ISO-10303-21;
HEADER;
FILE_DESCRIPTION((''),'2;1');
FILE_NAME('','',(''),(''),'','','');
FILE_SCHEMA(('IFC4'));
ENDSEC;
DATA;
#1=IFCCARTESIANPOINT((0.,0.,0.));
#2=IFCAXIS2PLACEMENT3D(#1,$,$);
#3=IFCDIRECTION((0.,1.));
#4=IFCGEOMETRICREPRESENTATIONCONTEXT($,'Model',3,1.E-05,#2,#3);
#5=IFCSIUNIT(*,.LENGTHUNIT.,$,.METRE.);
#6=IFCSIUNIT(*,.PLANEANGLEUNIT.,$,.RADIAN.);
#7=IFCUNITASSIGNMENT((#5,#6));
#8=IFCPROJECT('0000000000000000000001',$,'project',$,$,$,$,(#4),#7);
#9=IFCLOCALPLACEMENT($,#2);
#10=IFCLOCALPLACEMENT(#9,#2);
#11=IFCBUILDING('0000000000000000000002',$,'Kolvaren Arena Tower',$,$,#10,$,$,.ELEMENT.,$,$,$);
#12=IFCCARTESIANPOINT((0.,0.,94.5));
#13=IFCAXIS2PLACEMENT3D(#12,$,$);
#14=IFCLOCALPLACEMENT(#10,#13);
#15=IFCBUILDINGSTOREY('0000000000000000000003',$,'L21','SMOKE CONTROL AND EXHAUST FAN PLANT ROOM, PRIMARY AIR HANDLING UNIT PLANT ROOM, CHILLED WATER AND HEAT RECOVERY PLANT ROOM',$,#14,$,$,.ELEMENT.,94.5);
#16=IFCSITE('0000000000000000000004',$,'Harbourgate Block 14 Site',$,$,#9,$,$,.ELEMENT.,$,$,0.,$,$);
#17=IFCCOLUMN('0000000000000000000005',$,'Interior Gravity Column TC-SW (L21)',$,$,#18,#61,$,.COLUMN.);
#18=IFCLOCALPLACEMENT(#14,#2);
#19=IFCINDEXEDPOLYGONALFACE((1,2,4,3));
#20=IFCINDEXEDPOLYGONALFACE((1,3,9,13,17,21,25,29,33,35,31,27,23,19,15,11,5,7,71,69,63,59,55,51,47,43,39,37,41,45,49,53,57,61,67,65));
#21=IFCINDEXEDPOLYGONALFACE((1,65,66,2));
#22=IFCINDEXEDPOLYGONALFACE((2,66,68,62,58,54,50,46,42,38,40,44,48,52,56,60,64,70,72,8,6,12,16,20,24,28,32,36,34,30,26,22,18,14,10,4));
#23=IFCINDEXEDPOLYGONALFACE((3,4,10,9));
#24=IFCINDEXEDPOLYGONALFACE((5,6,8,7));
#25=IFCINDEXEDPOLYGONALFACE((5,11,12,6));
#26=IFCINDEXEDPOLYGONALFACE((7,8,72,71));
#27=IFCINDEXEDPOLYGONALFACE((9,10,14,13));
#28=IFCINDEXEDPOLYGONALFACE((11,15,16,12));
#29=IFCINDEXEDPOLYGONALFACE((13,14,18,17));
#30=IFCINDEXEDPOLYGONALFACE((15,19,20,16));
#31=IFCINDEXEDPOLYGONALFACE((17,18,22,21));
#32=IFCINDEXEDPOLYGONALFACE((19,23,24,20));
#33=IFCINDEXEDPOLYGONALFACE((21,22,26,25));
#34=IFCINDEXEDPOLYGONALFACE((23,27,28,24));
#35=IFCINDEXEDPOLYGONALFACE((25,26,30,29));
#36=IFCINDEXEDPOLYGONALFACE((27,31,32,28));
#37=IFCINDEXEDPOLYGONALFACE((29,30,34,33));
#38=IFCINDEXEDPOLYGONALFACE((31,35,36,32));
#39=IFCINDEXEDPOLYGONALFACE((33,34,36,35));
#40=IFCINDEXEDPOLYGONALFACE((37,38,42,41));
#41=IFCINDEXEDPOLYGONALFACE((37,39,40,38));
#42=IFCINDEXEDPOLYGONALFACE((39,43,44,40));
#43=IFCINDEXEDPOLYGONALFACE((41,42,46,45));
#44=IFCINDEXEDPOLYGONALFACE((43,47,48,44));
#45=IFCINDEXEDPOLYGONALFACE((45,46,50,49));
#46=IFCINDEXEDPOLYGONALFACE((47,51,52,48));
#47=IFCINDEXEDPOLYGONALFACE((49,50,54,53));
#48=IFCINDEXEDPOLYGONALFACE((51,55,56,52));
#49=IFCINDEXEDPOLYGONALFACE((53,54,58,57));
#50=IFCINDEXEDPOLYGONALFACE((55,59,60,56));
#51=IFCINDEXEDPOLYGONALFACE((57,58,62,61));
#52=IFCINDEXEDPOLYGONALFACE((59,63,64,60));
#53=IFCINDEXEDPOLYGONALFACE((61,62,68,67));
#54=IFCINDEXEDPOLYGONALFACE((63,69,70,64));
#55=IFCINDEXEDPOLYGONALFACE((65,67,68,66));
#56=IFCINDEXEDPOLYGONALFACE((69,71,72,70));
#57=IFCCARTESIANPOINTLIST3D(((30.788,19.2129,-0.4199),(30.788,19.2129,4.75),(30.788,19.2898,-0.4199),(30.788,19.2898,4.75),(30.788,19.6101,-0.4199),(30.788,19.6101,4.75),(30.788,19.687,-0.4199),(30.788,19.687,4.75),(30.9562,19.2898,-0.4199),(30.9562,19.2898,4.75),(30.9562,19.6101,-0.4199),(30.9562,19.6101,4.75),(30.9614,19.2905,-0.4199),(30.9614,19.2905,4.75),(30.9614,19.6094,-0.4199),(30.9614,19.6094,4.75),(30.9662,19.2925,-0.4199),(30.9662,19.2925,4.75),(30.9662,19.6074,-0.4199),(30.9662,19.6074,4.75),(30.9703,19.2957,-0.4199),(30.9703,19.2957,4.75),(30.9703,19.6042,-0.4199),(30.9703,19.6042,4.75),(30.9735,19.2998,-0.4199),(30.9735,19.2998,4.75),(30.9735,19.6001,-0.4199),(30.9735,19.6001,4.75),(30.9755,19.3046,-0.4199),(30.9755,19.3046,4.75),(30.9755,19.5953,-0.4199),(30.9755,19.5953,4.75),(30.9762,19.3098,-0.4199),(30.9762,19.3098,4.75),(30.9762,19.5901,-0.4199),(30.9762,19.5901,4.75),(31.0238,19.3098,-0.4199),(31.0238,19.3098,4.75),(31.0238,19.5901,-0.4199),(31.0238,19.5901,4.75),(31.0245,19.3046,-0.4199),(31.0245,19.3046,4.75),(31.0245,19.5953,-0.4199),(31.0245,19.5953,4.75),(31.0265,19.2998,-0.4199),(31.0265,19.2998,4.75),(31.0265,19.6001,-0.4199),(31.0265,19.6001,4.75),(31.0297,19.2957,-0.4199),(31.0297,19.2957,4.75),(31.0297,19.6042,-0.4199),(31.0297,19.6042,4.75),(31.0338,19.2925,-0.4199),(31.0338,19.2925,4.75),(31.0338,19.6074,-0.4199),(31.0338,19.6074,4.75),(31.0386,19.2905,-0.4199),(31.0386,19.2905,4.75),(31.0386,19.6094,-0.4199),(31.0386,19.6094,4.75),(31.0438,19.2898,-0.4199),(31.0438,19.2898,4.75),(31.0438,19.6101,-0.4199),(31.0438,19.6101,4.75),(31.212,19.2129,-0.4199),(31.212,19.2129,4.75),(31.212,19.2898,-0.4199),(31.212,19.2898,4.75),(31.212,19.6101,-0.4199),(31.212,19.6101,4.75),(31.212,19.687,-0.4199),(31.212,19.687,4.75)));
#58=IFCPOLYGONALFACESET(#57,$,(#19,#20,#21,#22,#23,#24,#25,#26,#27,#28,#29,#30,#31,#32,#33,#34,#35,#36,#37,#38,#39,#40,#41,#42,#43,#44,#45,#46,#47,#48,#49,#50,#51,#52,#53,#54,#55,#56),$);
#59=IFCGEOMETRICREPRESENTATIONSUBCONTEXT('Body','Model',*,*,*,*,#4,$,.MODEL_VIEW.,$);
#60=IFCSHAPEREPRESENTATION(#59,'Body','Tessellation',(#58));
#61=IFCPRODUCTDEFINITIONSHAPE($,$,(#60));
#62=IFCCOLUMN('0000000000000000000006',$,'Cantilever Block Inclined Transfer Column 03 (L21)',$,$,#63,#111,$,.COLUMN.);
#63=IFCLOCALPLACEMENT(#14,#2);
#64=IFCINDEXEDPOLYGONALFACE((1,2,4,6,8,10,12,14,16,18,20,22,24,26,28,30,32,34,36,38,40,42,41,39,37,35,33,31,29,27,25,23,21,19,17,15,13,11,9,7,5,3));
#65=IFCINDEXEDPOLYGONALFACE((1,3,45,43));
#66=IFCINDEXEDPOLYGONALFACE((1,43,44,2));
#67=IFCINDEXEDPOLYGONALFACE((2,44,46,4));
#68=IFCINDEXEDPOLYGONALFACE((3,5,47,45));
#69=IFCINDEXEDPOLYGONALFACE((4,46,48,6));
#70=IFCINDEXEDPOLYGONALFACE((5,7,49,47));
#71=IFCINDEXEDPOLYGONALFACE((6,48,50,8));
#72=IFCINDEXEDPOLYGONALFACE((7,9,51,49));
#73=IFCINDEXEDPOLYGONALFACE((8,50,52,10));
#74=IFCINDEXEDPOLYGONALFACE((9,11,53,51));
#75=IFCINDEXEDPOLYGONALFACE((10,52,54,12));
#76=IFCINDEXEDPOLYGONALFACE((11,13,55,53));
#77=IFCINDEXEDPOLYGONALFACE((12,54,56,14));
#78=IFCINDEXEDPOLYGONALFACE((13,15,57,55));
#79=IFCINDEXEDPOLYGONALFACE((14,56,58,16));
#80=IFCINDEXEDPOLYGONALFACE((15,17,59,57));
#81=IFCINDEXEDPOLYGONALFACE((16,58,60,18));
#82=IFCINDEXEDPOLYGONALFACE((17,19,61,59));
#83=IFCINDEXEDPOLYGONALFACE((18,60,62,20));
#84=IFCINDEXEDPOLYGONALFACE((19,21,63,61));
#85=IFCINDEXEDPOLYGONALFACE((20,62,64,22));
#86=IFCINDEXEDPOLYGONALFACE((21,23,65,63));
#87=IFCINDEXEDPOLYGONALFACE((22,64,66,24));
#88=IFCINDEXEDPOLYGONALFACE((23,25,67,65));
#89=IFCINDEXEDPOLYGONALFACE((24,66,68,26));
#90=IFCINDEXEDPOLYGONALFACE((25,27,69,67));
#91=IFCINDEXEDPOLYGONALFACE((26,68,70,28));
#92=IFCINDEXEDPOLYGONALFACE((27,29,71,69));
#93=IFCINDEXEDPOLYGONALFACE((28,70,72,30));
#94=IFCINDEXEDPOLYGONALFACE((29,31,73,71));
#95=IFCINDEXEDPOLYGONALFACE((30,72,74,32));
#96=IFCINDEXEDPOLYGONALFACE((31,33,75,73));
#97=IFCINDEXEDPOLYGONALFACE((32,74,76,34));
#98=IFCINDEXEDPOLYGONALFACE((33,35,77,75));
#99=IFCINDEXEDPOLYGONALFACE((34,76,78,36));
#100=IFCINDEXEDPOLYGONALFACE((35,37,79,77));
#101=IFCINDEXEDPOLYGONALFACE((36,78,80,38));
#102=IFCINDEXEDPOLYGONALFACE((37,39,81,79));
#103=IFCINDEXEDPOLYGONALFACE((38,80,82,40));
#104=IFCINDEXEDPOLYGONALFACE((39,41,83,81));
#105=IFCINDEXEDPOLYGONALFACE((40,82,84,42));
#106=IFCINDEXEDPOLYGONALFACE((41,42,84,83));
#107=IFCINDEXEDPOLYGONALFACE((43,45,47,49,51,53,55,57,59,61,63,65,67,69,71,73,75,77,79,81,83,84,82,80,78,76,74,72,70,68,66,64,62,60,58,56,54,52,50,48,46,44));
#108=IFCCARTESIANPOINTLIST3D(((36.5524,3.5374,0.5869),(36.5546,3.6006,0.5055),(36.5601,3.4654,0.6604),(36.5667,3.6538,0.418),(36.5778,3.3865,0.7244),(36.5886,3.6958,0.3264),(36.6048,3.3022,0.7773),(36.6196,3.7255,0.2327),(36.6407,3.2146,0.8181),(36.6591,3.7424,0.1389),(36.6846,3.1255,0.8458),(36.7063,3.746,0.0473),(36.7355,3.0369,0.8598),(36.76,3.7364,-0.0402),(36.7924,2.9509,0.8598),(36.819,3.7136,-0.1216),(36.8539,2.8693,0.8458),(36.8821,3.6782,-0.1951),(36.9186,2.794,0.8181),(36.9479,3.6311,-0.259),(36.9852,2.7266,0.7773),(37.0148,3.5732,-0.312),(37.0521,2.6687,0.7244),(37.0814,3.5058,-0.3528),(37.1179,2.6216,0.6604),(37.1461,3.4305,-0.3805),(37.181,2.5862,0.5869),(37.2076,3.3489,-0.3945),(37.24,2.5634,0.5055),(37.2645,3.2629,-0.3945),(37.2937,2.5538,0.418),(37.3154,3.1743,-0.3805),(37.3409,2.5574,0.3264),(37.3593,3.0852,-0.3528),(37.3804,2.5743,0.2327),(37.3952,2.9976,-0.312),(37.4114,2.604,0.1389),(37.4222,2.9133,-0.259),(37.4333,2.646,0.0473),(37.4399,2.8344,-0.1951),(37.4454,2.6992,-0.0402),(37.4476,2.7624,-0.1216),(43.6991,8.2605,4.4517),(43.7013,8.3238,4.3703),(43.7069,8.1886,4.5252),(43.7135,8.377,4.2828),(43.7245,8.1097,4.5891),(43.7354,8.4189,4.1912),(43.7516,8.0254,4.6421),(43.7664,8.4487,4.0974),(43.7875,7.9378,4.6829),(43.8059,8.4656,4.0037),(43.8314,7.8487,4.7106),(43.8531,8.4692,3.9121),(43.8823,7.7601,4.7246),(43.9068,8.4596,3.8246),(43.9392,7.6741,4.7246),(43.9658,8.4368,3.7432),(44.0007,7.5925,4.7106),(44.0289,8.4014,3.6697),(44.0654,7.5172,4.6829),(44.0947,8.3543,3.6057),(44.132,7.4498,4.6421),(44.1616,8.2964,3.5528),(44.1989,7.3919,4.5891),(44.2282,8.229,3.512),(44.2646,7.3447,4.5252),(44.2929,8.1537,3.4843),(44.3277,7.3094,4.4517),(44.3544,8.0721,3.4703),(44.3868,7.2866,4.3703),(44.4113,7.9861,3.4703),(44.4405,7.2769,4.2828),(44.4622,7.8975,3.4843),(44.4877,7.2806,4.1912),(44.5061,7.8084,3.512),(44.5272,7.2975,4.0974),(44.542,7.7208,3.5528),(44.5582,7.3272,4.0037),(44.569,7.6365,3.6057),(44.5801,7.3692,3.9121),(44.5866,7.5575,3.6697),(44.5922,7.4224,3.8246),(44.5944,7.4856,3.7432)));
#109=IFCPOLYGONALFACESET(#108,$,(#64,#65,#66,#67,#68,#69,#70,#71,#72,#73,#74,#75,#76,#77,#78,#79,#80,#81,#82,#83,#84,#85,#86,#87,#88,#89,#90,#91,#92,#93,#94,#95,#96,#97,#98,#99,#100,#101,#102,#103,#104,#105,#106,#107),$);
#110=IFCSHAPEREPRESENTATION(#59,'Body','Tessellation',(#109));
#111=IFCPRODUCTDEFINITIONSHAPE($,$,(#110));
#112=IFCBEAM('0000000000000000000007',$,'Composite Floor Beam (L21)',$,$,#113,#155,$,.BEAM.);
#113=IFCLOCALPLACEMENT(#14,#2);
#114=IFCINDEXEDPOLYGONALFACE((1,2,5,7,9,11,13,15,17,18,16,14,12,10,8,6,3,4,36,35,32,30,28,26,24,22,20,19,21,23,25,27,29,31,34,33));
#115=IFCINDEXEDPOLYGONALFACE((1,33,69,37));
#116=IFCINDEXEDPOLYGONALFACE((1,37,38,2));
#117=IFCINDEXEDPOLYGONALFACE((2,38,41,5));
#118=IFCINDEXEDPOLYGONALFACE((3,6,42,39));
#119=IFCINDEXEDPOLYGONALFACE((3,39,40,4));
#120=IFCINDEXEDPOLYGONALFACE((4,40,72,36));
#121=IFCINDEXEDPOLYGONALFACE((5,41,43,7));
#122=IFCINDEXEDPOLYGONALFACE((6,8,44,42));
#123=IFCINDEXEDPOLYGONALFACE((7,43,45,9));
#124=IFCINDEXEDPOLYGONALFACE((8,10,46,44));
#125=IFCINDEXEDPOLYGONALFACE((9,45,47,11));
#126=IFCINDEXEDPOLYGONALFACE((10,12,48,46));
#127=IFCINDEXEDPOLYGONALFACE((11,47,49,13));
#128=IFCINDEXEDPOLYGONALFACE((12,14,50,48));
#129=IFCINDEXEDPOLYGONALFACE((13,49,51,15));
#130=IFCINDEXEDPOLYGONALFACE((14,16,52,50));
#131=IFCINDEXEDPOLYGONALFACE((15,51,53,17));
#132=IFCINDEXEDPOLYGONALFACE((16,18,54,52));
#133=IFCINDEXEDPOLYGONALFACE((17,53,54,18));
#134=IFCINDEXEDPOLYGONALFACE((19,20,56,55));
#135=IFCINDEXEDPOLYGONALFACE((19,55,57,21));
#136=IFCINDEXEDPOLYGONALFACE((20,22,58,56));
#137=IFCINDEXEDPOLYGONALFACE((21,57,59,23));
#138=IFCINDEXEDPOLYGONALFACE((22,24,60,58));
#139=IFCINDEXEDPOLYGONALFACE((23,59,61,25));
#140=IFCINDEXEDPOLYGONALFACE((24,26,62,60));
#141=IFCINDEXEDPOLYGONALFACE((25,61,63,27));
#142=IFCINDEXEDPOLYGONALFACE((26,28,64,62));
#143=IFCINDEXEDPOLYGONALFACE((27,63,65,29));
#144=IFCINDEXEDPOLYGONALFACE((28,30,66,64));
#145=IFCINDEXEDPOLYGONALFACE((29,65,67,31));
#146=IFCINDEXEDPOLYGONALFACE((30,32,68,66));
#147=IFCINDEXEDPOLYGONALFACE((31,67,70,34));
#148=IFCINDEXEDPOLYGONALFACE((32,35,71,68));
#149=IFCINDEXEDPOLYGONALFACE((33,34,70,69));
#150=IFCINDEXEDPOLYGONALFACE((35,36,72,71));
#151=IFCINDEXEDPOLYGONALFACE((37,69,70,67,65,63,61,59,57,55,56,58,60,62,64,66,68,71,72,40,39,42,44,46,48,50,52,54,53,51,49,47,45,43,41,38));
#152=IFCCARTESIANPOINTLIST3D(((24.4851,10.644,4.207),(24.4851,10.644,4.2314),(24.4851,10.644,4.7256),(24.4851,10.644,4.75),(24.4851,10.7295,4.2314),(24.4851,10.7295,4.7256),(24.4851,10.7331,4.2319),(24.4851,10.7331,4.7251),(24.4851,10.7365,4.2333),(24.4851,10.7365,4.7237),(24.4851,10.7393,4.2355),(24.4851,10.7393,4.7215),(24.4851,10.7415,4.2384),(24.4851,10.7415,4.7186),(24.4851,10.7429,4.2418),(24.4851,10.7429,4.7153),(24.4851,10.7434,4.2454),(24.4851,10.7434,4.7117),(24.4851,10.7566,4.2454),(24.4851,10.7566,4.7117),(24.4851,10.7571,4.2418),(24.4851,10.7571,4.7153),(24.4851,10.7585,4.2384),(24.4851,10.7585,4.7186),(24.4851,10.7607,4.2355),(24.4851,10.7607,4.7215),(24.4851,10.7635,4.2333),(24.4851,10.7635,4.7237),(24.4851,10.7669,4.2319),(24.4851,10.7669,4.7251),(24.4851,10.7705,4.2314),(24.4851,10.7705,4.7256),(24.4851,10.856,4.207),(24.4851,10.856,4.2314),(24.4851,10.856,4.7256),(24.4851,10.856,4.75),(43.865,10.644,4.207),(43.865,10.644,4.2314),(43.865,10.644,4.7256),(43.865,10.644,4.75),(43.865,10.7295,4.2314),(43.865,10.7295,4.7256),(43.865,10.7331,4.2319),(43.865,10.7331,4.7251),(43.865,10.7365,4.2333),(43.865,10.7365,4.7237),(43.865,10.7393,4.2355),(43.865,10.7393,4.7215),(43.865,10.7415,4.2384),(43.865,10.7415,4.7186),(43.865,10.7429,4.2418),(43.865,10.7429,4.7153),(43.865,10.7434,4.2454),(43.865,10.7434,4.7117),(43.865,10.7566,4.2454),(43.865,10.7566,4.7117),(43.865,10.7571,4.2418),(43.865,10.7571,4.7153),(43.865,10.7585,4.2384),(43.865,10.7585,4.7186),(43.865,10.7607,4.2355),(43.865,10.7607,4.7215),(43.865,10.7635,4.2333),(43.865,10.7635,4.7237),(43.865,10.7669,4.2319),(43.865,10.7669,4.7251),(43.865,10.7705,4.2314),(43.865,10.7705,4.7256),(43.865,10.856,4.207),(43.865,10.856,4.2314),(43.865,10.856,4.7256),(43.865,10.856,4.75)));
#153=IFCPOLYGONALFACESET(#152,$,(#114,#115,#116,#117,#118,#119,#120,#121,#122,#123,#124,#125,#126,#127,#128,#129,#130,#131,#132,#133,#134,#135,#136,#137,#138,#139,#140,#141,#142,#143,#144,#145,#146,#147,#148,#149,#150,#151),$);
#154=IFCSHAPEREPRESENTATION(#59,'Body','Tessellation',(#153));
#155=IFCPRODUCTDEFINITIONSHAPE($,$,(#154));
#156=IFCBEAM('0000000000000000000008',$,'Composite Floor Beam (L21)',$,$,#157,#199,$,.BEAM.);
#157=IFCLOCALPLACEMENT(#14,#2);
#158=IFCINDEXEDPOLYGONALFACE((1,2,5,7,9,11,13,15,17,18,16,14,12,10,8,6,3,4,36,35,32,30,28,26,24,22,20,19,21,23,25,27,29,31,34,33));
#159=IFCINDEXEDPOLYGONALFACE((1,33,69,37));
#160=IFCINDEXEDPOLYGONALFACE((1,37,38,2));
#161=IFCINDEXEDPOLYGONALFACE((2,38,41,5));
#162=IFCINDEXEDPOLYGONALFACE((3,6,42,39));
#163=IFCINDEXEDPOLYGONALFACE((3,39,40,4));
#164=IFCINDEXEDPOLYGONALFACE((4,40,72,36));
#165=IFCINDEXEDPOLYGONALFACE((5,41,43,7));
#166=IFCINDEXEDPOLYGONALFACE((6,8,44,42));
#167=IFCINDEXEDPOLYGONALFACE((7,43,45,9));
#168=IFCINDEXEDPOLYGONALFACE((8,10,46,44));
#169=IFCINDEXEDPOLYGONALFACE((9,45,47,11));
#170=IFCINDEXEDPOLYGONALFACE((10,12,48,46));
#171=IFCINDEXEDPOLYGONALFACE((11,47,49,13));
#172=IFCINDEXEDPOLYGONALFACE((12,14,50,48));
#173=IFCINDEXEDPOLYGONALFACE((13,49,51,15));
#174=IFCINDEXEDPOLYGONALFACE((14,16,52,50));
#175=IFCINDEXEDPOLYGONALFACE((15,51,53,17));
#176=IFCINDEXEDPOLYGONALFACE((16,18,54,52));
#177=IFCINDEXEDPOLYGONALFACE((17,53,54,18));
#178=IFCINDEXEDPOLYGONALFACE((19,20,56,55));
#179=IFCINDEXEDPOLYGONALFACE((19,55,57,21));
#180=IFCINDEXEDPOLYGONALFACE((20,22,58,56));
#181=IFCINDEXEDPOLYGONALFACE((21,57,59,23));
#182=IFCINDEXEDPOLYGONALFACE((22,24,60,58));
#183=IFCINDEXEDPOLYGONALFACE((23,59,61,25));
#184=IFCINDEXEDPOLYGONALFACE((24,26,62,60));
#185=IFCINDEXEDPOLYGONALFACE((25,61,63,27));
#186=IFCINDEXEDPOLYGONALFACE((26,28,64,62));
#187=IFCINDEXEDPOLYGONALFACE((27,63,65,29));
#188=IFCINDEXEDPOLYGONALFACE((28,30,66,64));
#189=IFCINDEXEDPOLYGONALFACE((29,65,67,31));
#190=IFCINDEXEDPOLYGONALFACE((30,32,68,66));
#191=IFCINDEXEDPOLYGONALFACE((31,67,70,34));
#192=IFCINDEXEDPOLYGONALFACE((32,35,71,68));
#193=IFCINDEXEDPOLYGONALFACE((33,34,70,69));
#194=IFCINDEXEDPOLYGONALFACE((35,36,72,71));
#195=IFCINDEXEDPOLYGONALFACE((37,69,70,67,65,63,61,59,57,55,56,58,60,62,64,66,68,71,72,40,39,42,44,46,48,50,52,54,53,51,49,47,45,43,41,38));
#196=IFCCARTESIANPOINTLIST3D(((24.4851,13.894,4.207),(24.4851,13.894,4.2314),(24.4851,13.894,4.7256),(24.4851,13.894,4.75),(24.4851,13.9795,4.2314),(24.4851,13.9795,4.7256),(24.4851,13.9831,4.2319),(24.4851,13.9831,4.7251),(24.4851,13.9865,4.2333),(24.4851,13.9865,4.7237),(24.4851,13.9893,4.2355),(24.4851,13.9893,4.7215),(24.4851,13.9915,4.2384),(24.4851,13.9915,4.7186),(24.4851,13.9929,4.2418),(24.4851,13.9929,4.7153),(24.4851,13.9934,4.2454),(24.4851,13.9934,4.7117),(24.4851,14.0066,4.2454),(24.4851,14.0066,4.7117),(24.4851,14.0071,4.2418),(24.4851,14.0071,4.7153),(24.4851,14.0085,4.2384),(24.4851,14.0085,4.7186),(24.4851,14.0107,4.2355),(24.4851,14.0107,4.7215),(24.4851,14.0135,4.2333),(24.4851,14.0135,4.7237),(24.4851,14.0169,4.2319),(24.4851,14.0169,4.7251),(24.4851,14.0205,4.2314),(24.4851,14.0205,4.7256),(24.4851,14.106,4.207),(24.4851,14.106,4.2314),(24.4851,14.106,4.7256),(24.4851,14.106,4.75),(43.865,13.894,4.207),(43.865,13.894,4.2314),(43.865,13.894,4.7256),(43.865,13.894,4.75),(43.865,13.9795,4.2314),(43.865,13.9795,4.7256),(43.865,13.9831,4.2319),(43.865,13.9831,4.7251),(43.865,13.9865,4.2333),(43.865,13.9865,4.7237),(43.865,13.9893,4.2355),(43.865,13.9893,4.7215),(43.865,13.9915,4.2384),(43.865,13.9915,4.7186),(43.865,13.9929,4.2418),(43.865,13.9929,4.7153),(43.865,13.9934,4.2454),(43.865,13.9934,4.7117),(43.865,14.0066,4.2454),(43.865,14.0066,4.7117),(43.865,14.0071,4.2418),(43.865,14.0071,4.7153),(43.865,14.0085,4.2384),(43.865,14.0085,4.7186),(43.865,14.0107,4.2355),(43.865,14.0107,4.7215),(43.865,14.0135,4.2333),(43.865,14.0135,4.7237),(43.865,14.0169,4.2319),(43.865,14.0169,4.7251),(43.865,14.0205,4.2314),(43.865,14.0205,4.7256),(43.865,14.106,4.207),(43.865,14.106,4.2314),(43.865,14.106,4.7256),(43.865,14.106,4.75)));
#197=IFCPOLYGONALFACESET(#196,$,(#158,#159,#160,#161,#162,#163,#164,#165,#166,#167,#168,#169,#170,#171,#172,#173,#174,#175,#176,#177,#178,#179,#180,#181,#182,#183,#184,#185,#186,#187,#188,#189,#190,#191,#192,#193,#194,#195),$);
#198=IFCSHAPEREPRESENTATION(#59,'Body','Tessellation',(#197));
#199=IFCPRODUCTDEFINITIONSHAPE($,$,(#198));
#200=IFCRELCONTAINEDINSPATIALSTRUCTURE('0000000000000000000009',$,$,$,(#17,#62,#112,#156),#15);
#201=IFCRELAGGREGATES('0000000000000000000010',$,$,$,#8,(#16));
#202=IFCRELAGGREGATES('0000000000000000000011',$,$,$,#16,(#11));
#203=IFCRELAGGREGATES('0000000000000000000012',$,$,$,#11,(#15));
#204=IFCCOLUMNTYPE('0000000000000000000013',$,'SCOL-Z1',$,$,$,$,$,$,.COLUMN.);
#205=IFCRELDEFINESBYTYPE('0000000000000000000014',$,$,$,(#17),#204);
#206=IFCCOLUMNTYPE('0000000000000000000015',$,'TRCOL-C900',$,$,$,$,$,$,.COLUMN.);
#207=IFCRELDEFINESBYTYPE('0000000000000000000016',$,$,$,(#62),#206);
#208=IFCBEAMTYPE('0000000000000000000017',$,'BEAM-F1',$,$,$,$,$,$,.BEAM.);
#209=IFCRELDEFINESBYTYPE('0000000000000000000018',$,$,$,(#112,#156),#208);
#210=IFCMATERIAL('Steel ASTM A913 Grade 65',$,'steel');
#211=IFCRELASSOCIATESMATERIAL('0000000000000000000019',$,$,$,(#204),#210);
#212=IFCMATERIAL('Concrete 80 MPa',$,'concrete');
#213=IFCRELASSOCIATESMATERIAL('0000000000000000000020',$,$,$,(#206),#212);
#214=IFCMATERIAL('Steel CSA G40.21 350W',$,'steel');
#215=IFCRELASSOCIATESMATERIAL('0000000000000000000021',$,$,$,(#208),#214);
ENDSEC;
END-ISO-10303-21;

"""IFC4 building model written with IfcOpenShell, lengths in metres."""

from ifc_helpers import new_model, si_unit, direction, frame, origin, origin_2d, place, context, subcontext, project, spatial, circle, i_section, extrude, material, material_profile, profile_set, type_object, element, save


model = new_model("IFC4")

# Units and contexts
model_context = context("Model", 3, precision=1e-05, world=origin(), true_north=direction((0.0, 1.0)))
body_context = subcontext(model_context, "Body", "Model", "MODEL_VIEW")
ifc_project = project(units=[si_unit("LENGTHUNIT", "METRE"), si_unit("PLANEANGLEUNIT", "RADIAN")], contexts=[model_context])

# Site, building, storey
site_placement = place(None, origin())
site = spatial("IfcSite", under=ifc_project, at=site_placement, Name="Harbourgate Block 14 Site", CompositionType="ELEMENT", RefElevation=0.0)
building_placement = place(site_placement, origin())
building = spatial("IfcBuilding", under=site, at=building_placement, Name="Kolvaren Arena Tower", CompositionType="ELEMENT")
storey_placement = place(building_placement, frame((0.0, 0.0, 94.5)))
storey = spatial("IfcBuildingStorey", under=building, at=storey_placement, Name="L21", Description="SMOKE CONTROL AND EXHAUST FAN PLANT ROOM, PRIMARY AIR HANDLING UNIT PLANT ROOM, CHILLED WATER AND HEAT RECOVERY PLANT ROOM", CompositionType="ELEMENT", Elevation=94.5)

# Columns
ifc_material_1 = material(Name="Steel ASTM A913 Grade 65", Category="steel")
ifc_material_profile_1 = material_profile(ifc_material_1, i_section(OverallWidth=0.4241, OverallDepth=0.4741, WebThickness=0.0476, FlangeThickness=0.0769, FilletRadius=0.02, at=origin_2d()), Name="W360x634")
ifc_profile_set_1 = profile_set([ifc_material_profile_1], Name="Steel ASTM A913 Grade 65")
column_type_1 = type_object("IfcColumnType", Name="SCOL-Z1", PredefinedType="COLUMN", material=ifc_profile_set_1)
column_1_placement = place(storey_placement, frame((31.0, 19.45, -0.4199), z_axis=(0.0, 0.0, 1.0), x_axis=(1.0, 0.0, 0.0)))
element("IfcColumn", 1, at=column_1_placement, inside=storey, type_object=column_type_1, Name="Interior Gravity Column TC-SW (L21)", PredefinedType="COLUMN", context=body_context, shape_type="SweptSolid", body=[
    extrude(i_section(OverallWidth=0.4241, OverallDepth=0.4741, WebThickness=0.0476, FlangeThickness=0.0769, FilletRadius=0.02, at=origin_2d()), origin(), (0.0, 0.0, 1.0), 5.1699),
])
ifc_material_2 = material(Name="Concrete 80 MPa", Category="concrete")
ifc_material_profile_2 = material_profile(ifc_material_2, circle(Radius=0.6899, at=origin_2d()), Name="RC-CIRC-1380")
ifc_profile_set_2 = profile_set([ifc_material_profile_2], Name="Concrete 80 MPa")
column_type_2 = type_object("IfcColumnType", Name="TRCOL-C900", PredefinedType="COLUMN", material=ifc_profile_set_2)
column_2_placement = place(storey_placement, frame((37.0, 3.1499, 0.2327), z_axis=(0.760462, 0.502576, 0.411236), x_axis=(-0.551355, 0.834271, 0.0)))
element("IfcColumn", 2, at=column_2_placement, inside=storey, type_object=column_type_2, Name="Cantilever Block Inclined Transfer Column 03 (L21)", PredefinedType="COLUMN", context=body_context, shape_type="SweptSolid", body=[
    extrude(circle(Radius=0.6899, at=origin_2d()), origin(), (0.0, 0.0, 1.0), 9.3979),
])

# Beams
ifc_material_3 = material(Name="Steel CSA G40.21 350W", Category="steel")
ifc_material_profile_3 = material_profile(ifc_material_3, i_section(OverallWidth=0.2119, OverallDepth=0.543, WebThickness=0.0132, FlangeThickness=0.0244, FilletRadius=0.0139, at=origin_2d()), Name="W530x150")
ifc_profile_set_3 = profile_set([ifc_material_profile_3], Name="Steel CSA G40.21 350W")
beam_type_1 = type_object("IfcBeamType", Name="BEAM-F1", PredefinedType="BEAM", material=ifc_profile_set_3)
for number, where, z_axis, x_axis, name in (
    (3, (24.4851, 10.75, 4.4785), (1.0, 0.0, 0.0), (0.0, 1.0, 0.0), "Composite Floor Beam (L21)"),
    (4, (24.4851, 14.0, 4.4785), (1.0, 0.0, 0.0), (0.0, 1.0, 0.0), "Composite Floor Beam (L21)"),
):
    element("IfcBeam", number, at=place(storey_placement, frame(where, z_axis=z_axis, x_axis=x_axis)), inside=storey, type_object=beam_type_1, Name=name, PredefinedType="BEAM", context=body_context, shape_type="SweptSolid", body=[
        extrude(i_section(OverallWidth=0.2119, OverallDepth=0.543, WebThickness=0.0132, FlangeThickness=0.0244, FilletRadius=0.0139, at=origin_2d()), origin(), (0.0, 0.0, 1.0), 19.3799),
    ])

save(model, "model.ifc")
